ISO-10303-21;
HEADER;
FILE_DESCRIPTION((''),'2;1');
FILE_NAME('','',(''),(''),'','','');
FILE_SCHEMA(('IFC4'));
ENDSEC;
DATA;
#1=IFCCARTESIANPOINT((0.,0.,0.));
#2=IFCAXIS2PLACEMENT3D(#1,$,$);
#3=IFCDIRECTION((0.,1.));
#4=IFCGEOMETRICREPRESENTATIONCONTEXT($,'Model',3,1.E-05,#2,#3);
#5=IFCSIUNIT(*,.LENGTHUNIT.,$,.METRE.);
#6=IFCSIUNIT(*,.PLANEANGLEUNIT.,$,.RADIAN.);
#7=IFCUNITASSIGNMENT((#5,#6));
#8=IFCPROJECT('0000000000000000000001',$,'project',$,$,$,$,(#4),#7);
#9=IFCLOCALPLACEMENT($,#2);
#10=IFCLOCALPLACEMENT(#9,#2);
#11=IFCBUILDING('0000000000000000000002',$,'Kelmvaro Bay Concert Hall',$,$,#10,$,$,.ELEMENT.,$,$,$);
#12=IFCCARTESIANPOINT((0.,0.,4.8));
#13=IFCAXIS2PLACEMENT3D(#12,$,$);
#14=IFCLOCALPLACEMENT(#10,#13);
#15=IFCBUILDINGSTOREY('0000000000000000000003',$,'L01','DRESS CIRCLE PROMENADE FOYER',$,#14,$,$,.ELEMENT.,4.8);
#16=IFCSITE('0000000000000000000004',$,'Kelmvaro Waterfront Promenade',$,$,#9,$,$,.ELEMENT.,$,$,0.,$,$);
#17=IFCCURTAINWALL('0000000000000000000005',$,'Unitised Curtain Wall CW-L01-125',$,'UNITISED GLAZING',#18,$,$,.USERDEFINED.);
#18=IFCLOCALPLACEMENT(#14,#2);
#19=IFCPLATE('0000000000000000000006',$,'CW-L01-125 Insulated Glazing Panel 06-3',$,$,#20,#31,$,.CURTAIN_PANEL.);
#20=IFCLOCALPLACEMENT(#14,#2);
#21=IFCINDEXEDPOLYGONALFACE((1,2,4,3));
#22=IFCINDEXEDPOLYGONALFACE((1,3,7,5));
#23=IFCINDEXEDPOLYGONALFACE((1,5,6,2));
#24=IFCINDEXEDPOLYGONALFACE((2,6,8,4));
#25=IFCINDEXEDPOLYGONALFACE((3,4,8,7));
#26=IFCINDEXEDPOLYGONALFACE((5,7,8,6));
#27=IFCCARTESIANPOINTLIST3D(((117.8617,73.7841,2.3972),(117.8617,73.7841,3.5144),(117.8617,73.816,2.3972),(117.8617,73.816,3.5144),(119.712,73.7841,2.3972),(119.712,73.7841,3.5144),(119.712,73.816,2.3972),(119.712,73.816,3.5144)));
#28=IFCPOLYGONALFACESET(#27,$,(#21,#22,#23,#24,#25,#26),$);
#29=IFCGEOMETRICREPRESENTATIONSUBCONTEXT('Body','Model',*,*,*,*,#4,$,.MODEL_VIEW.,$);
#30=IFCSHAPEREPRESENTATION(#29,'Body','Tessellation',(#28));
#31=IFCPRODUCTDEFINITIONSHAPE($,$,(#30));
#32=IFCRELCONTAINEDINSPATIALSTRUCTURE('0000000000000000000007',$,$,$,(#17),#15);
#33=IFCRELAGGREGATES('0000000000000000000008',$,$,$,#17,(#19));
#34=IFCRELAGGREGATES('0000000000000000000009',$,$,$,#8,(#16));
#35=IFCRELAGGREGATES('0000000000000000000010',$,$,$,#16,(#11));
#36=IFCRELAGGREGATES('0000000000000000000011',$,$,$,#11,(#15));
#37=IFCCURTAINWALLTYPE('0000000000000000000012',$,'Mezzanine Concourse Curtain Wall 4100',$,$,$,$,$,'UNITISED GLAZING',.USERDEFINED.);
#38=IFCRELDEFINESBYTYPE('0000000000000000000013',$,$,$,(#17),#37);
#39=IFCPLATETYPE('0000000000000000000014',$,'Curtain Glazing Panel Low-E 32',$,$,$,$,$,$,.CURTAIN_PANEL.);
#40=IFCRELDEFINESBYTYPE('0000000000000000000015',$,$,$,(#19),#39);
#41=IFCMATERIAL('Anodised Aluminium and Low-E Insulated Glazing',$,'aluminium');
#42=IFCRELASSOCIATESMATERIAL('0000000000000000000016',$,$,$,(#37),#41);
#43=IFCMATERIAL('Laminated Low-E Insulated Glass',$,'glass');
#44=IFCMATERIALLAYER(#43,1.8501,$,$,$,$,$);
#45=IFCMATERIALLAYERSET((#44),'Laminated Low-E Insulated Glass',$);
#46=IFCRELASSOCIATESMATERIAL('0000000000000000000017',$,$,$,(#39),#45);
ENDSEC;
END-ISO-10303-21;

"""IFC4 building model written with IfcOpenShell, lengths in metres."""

from ifc_helpers import new_model, si_unit, direction, frame, origin, origin_2d, place, context, subcontext, project, spatial, rectangle, extrude, material, layer, layer_set, type_object, element, aggregate, save


model = new_model("IFC4")

# Units and contexts
model_context = context("Model", 3, precision=1e-05, world=origin(), true_north=direction((0.0, 1.0)))
body_context = subcontext(model_context, "Body", "Model", "MODEL_VIEW")
ifc_project = project(units=[si_unit("LENGTHUNIT", "METRE"), si_unit("PLANEANGLEUNIT", "RADIAN")], contexts=[model_context])

# Site, building, storey
site_placement = place(None, origin())
site = spatial("IfcSite", under=ifc_project, at=site_placement, Name="Kelmvaro Waterfront Promenade", CompositionType="ELEMENT", RefElevation=0.0)
building_placement = place(site_placement, origin())
building = spatial("IfcBuilding", under=site, at=building_placement, Name="Kelmvaro Bay Concert Hall", CompositionType="ELEMENT")
storey_placement = place(building_placement, frame((0.0, 0.0, 4.8)))
storey = spatial("IfcBuildingStorey", under=building, at=storey_placement, Name="L01", Description="DRESS CIRCLE PROMENADE FOYER", CompositionType="ELEMENT", Elevation=4.8)

# Curtain wall
ifc_material_1 = material(Name="Anodised Aluminium and Low-E Insulated Glazing", Category="aluminium")
curtain_wall_type_1 = type_object("IfcCurtainWallType", Name="Mezzanine Concourse Curtain Wall 4100", ElementType="UNITISED GLAZING", PredefinedType="USERDEFINED", material=ifc_material_1)
curtain_wall_1_placement = place(storey_placement, origin())
curtain_wall_1 = element("IfcCurtainWall", 1, at=curtain_wall_1_placement, inside=storey, type_object=curtain_wall_type_1, Name="Unitised Curtain Wall CW-L01-125", ObjectType="UNITISED GLAZING", PredefinedType="USERDEFINED")

# Plate
ifc_material_2 = material(Name="Laminated Low-E Insulated Glass", Category="glass")
ifc_layer = layer(ifc_material_2, 1.8501)
ifc_layer_set = layer_set([ifc_layer], Name="Laminated Low-E Insulated Glass")
plate_type = type_object("IfcPlateType", Name="Curtain Glazing Panel Low-E 32", PredefinedType="CURTAIN_PANEL", material=ifc_layer_set)
plate_1_placement = place(storey_placement, frame((118.7869, 73.8, 2.3972), z_axis=(0.0, 0.0, 1.0), x_axis=(1.0, 0.0, 0.0)))
plate_1 = element("IfcPlate", 2, at=plate_1_placement, type_object=plate_type, Name="CW-L01-125 Insulated Glazing Panel 06-3", PredefinedType="CURTAIN_PANEL", context=body_context, shape_type="SweptSolid", body=[
    extrude(rectangle(XDim=1.8503, YDim=0.032, at=origin_2d()), origin(), (0.0, 0.0, 1.0), 1.1172),
])
aggregate(curtain_wall_1, [plate_1])

save(model, "model.ifc")
